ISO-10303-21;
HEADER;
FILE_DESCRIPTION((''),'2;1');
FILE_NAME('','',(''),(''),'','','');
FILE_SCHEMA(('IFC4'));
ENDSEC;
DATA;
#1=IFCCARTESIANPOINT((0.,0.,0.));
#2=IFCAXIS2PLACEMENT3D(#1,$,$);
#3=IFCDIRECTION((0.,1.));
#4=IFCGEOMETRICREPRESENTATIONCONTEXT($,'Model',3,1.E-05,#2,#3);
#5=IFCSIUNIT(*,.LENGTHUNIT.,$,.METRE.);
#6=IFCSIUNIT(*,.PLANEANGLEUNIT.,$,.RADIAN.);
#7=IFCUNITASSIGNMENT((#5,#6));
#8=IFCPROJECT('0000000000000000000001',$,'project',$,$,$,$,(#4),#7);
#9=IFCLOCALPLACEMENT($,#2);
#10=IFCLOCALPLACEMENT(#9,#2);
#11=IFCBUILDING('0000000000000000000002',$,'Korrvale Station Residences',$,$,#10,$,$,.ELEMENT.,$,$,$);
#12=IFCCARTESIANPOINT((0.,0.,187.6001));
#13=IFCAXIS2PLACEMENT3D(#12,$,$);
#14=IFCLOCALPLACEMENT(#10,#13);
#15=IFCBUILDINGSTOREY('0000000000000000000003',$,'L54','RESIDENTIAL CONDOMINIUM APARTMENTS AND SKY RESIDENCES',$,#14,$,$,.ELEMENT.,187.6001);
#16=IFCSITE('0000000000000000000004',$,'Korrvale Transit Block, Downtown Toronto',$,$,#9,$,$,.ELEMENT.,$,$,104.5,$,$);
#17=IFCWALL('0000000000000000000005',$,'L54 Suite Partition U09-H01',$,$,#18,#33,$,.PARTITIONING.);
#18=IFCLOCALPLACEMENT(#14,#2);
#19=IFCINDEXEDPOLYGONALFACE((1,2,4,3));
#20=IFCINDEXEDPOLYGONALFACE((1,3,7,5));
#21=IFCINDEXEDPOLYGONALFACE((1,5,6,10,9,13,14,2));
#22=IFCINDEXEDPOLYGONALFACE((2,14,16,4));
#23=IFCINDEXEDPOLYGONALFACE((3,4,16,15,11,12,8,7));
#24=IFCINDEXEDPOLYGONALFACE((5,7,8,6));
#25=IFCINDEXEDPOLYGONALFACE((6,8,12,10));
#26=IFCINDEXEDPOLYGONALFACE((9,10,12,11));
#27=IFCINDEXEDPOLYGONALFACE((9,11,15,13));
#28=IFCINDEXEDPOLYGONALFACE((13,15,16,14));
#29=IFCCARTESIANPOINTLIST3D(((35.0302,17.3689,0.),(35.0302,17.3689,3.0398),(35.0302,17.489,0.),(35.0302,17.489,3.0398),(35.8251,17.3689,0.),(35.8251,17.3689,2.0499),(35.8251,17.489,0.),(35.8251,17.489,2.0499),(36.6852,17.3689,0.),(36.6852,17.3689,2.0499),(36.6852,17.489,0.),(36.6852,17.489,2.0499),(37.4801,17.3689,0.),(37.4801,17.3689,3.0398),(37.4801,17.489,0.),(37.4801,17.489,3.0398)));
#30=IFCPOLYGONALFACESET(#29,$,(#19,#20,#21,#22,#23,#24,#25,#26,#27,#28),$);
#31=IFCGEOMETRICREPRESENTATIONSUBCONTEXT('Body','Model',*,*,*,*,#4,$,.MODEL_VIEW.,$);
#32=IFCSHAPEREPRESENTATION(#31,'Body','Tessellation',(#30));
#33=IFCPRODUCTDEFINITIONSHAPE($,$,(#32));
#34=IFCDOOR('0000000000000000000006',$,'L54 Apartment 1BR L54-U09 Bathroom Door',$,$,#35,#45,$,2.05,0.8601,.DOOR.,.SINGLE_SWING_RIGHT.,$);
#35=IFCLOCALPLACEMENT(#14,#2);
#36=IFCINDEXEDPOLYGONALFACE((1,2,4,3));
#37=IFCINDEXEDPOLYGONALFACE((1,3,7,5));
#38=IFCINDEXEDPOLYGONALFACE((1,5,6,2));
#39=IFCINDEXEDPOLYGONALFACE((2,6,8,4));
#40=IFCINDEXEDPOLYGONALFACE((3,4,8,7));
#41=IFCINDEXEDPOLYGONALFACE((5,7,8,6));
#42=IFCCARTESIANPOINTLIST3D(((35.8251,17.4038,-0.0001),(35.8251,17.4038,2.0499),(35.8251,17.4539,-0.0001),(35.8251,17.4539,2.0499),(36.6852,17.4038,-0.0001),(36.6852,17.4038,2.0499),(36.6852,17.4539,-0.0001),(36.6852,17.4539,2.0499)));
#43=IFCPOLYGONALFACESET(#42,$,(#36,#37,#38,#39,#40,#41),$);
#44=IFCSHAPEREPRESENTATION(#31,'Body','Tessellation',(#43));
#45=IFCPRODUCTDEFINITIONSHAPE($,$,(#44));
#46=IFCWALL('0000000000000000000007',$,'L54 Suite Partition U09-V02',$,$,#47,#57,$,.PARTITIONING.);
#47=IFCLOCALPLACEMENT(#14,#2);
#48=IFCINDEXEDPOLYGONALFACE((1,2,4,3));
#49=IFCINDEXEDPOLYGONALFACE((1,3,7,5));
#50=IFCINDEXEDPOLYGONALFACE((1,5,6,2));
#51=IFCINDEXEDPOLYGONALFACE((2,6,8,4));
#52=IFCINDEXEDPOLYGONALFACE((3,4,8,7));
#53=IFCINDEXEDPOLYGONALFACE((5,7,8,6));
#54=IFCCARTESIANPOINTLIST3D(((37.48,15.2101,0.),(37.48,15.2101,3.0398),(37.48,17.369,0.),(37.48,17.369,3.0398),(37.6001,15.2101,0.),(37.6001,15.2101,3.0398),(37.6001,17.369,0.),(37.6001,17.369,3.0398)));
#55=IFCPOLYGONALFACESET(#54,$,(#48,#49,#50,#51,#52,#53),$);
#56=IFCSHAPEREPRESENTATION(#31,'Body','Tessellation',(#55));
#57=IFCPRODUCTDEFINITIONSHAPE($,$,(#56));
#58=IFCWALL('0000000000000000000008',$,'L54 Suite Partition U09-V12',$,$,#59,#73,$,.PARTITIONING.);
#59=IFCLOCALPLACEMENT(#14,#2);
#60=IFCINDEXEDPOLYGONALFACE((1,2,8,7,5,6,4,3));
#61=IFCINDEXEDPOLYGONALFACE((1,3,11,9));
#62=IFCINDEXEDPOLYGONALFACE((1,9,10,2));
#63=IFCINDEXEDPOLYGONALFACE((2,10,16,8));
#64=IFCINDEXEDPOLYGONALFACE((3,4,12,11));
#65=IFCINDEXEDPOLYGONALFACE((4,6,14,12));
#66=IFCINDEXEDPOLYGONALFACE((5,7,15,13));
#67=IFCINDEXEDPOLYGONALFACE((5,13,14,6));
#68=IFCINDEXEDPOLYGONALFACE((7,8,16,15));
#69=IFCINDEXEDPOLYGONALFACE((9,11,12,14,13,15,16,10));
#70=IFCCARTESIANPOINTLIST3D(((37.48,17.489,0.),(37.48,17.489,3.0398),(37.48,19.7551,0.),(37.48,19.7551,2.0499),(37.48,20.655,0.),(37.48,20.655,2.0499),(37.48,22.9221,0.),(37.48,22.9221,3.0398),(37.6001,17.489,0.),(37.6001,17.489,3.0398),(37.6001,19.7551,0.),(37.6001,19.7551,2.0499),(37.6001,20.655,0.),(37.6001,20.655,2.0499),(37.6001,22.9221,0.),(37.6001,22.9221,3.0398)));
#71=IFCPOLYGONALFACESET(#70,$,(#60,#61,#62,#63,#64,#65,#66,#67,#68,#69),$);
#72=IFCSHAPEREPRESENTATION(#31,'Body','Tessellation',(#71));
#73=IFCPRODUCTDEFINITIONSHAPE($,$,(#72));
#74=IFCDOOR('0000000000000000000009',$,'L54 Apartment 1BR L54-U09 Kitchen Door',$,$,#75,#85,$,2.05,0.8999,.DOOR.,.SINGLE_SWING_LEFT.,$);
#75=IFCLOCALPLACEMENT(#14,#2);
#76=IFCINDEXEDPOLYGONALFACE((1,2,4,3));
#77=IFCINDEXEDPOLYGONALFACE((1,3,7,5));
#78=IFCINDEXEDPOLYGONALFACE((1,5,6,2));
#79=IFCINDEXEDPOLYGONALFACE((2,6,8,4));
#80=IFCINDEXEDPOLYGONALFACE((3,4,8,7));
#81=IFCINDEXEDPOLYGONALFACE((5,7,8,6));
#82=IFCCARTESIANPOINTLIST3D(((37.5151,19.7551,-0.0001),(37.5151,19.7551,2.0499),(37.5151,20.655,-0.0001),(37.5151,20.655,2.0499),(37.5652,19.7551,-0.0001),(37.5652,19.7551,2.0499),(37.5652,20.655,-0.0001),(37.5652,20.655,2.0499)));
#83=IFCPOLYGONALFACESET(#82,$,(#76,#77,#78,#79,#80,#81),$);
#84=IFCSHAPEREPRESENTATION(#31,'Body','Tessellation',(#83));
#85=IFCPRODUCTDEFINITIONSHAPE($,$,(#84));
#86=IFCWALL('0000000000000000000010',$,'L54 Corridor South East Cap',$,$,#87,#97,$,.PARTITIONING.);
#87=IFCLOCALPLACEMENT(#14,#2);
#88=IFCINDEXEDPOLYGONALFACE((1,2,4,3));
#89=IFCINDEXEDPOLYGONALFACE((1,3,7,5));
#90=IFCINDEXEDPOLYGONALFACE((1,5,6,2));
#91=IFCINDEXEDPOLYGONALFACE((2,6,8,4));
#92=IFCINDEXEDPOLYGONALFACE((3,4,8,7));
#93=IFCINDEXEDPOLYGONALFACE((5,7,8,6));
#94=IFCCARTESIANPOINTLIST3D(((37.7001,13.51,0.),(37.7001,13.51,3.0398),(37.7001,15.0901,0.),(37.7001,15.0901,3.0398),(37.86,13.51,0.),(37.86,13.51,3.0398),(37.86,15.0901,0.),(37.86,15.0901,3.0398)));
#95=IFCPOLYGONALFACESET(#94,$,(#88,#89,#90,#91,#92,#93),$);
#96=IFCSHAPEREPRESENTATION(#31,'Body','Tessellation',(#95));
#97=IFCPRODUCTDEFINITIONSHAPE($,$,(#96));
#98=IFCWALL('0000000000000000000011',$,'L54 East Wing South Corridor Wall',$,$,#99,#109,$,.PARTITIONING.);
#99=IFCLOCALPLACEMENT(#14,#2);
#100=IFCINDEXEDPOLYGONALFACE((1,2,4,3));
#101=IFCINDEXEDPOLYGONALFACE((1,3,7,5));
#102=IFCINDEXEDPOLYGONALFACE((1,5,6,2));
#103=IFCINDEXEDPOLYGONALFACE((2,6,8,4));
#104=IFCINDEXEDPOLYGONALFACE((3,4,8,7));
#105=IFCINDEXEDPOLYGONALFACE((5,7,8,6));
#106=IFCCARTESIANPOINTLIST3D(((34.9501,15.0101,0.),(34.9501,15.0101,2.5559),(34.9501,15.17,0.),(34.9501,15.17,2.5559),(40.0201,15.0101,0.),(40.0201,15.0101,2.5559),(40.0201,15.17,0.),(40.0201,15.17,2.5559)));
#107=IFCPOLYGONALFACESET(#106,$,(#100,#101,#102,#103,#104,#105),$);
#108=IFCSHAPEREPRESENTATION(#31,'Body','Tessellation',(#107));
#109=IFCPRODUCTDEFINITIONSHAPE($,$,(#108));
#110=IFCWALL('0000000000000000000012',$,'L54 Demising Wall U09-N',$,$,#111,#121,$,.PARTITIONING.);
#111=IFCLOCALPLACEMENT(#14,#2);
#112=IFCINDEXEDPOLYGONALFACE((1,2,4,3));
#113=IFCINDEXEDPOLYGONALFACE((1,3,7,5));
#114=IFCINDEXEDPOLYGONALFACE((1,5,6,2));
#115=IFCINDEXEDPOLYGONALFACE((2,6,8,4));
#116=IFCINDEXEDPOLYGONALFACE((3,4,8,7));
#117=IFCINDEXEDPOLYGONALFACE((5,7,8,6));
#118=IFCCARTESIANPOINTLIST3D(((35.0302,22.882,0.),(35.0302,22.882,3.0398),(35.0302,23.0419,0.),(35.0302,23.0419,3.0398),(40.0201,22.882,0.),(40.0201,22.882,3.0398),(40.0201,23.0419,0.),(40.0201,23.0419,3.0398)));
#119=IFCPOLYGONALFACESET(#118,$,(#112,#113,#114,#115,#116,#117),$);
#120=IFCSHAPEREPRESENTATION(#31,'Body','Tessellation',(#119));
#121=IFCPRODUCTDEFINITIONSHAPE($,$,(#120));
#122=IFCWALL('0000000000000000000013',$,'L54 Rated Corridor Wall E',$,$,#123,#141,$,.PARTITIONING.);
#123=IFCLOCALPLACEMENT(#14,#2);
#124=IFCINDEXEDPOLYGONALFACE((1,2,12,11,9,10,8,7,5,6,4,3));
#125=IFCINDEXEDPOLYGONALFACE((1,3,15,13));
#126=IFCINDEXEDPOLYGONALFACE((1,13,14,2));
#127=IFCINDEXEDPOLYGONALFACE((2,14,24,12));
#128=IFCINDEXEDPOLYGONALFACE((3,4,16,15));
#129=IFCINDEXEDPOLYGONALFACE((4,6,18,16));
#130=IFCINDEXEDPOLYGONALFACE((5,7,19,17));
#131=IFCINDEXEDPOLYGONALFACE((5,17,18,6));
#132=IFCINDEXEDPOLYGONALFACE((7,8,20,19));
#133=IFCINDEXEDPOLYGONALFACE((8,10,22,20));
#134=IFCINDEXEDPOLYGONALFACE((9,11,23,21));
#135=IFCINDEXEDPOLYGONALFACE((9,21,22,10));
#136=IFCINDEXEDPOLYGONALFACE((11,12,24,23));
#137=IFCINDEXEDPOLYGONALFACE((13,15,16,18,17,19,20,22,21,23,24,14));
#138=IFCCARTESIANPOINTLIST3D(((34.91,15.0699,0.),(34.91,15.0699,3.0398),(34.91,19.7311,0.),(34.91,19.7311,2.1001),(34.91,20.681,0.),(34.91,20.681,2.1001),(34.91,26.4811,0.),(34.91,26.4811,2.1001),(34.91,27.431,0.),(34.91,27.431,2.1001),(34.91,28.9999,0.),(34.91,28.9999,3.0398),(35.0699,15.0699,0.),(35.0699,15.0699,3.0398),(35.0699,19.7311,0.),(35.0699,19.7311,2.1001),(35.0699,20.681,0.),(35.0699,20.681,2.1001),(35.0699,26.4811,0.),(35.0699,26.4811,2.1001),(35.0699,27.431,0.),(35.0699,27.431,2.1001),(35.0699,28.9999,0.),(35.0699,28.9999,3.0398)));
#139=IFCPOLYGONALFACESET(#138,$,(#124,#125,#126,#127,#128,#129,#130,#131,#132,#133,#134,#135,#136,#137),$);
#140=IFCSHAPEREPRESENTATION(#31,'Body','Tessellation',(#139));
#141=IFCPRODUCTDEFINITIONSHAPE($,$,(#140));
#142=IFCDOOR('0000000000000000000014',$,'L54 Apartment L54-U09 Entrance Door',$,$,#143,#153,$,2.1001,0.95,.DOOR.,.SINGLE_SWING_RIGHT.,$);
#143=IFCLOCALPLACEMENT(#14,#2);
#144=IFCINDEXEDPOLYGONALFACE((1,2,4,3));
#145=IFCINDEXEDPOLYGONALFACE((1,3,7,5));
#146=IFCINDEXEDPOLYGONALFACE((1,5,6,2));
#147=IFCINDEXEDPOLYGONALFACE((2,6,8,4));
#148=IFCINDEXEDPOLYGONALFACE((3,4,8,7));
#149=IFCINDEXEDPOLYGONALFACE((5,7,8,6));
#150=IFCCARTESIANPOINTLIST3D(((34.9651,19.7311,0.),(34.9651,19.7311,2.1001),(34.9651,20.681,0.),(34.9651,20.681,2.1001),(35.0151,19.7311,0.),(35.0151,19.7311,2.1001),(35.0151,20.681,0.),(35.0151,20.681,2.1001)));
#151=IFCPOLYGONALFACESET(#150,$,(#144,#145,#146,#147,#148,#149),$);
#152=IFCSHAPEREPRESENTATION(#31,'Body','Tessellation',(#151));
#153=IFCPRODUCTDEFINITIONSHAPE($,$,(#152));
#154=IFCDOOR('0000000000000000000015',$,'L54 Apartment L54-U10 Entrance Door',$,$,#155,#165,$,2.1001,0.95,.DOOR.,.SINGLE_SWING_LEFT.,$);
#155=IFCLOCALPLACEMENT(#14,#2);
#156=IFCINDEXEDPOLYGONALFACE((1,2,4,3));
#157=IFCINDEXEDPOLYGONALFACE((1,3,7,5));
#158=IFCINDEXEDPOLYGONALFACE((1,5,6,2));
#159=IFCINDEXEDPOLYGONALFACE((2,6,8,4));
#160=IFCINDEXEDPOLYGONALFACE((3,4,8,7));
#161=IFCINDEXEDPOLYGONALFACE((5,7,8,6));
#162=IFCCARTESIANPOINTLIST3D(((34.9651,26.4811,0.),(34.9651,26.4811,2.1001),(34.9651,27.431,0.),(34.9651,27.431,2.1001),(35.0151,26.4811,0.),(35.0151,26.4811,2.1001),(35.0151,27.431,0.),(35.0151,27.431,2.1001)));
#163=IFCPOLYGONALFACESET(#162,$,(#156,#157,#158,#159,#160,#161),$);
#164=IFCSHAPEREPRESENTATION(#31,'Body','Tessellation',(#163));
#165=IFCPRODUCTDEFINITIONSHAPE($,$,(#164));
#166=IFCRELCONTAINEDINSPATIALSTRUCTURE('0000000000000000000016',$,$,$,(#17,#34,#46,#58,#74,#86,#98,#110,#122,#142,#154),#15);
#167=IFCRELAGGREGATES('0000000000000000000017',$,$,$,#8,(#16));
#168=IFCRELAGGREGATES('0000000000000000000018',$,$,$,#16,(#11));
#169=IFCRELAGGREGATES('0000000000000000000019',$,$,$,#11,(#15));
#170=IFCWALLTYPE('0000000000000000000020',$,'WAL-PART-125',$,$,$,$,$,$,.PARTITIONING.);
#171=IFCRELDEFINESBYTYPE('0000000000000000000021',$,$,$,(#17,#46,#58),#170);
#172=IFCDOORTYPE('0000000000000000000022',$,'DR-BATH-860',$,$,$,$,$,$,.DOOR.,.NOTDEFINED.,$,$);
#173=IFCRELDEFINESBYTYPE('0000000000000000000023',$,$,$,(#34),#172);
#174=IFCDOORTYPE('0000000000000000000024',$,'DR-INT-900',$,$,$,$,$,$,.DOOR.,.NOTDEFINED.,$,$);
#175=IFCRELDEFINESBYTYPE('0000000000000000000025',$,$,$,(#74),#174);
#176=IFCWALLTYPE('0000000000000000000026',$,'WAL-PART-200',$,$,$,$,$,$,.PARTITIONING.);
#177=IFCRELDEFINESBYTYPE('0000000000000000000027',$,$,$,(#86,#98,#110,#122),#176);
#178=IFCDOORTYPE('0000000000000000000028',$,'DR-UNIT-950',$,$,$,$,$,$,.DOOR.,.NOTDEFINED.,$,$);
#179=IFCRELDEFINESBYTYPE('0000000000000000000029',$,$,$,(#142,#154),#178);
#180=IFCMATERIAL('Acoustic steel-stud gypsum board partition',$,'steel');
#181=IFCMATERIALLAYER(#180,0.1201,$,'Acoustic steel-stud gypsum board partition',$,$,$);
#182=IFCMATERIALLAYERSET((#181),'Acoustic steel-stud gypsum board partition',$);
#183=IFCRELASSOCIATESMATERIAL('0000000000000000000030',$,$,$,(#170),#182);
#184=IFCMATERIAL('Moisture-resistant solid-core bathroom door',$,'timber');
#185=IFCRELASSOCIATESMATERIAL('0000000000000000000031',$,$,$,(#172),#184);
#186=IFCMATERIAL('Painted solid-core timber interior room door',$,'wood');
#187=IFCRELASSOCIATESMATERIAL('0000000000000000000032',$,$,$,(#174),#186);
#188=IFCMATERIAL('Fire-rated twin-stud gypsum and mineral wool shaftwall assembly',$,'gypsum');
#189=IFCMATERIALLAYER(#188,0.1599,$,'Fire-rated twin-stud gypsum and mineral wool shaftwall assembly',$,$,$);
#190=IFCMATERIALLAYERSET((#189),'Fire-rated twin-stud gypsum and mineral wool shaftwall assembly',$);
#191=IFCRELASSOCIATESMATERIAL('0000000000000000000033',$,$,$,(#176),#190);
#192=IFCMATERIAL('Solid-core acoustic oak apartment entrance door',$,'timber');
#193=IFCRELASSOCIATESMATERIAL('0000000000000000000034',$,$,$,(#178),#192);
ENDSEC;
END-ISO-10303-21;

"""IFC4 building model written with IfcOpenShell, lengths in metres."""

from ifc_helpers import new_model, si_unit, direction, frame, frame_2d, origin, place, context, subcontext, project, spatial, rectangle, extrude, material, layer, layer_set, type_object, element, fill, save


model = new_model("IFC4")

# Units and contexts
model_context = context("Model", 3, precision=1e-05, world=origin(), true_north=direction((0.0, 1.0)))
body_context = subcontext(model_context, "Body", "Model", "MODEL_VIEW")
ifc_project = project(units=[si_unit("LENGTHUNIT", "METRE"), si_unit("PLANEANGLEUNIT", "RADIAN")], contexts=[model_context])

# Site, building, storey
site_placement = place(None, origin())
site = spatial("IfcSite", under=ifc_project, at=site_placement, Name="Korrvale Transit Block, Downtown Toronto", CompositionType="ELEMENT", RefElevation=104.5)
building_placement = place(site_placement, origin())
building = spatial("IfcBuilding", under=site, at=building_placement, Name="Korrvale Station Residences", CompositionType="ELEMENT")
storey_placement = place(building_placement, frame((0.0, 0.0, 187.6001)))
storey = spatial("IfcBuildingStorey", under=building, at=storey_placement, Name="L54", Description="RESIDENTIAL CONDOMINIUM APARTMENTS AND SKY RESIDENCES", CompositionType="ELEMENT", Elevation=187.6001)

# Wall, opening, door
ifc_material_1 = material(Name="Acoustic steel-stud gypsum board partition", Category="steel")
ifc_layer_1 = layer(ifc_material_1, 0.1201, Name="Acoustic steel-stud gypsum board partition")
ifc_layer_set_1 = layer_set([ifc_layer_1], Name="Acoustic steel-stud gypsum board partition")
wall_type_1 = type_object("IfcWallType", Name="WAL-PART-125", PredefinedType="PARTITIONING", material=ifc_layer_set_1)
wall_1_placement = place(storey_placement, frame((35.03, 17.429, 0.0), z_axis=(0.0, 0.0, 1.0), x_axis=(1.0, 0.0, 0.0)))
wall_1 = element("IfcWall", 1, at=wall_1_placement, inside=storey, type_object=wall_type_1, Name="L54 Suite Partition U09-H01", PredefinedType="PARTITIONING", context=body_context, shape_type="SweptSolid", body=[
    extrude(rectangle(XDim=2.45, YDim=0.1201, at=frame_2d((1.2251, 0.0))), origin(), (0.0, 0.0, 1.0), 3.0398),
])
opening_1_placement = place(wall_1_placement, frame((0.7949, 0.0, 0.0)))
opening_1 = element("IfcOpeningElement", 2, at=opening_1_placement, cuts=wall_1, PredefinedType="OPENING", context=body_context, shape_type="SweptSolid", body=[
    extrude(rectangle(XDim=0.8601, YDim=2.05, at=frame_2d((0.4302, 1.0249))), frame((0.0, 0.0701, 0.0), z_axis=(0.0, -1.0, 0.0), x_axis=(1.0, 0.0, 0.0)), (0.0, 0.0, 1.0), 0.1401),
])
ifc_material_2 = material(Name="Moisture-resistant solid-core bathroom door", Category="timber")
door_type_1 = type_object("IfcDoorType", Name="DR-BATH-860", OperationType="NOTDEFINED", PredefinedType="DOOR", material=ifc_material_2)
door_1_placement = place(opening_1_placement, origin())
door_1 = element("IfcDoor", 3, at=door_1_placement, inside=storey, type_object=door_type_1, Name="L54 Apartment 1BR L54-U09 Bathroom Door", OperationType="SINGLE_SWING_RIGHT", OverallHeight=2.05, OverallWidth=0.8601, PredefinedType="DOOR", context=body_context, shape_type="SweptSolid", body=[
    extrude(rectangle(XDim=0.8601, YDim=2.05, at=frame_2d((0.4302, 1.0249))), frame((0.0, 0.0249, 0.0), z_axis=(0.0, -1.0, 0.0), x_axis=(1.0, 0.0, 0.0)), (0.0, 0.0, 1.0), 0.05),
])
fill(opening_1, door_1)

# Wall
wall_2_placement = place(storey_placement, frame((37.54, 15.21, 0.0), z_axis=(0.0, 0.0, 1.0), x_axis=(0.0, 1.0, 0.0)))
element("IfcWall", 4, at=wall_2_placement, inside=storey, type_object=wall_type_1, Name="L54 Suite Partition U09-V02", PredefinedType="PARTITIONING", context=body_context, shape_type="SweptSolid", body=[
    extrude(rectangle(XDim=2.1589, YDim=0.1201, at=frame_2d((1.0796, 0.0))), origin(), (0.0, 0.0, 1.0), 3.0398),
])

# Wall, opening, door
wall_3_placement = place(storey_placement, frame((37.54, 17.489, 0.0), z_axis=(0.0, 0.0, 1.0), x_axis=(0.0, 1.0, 0.0)))
wall_3 = element("IfcWall", 5, at=wall_3_placement, inside=storey, type_object=wall_type_1, Name="L54 Suite Partition U09-V12", PredefinedType="PARTITIONING", context=body_context, shape_type="SweptSolid", body=[
    extrude(rectangle(XDim=5.4331, YDim=0.1201, at=frame_2d((2.7166, 0.0))), origin(), (0.0, 0.0, 1.0), 3.0398),
])
opening_2_placement = place(wall_3_placement, frame((2.2661, 0.0, 0.0)))
opening_2 = element("IfcOpeningElement", 6, at=opening_2_placement, cuts=wall_3, PredefinedType="OPENING", context=body_context, shape_type="SweptSolid", body=[
    extrude(rectangle(XDim=0.8999, YDim=2.05, at=frame_2d((0.45, 1.0249))), frame((0.0, 0.0701, 0.0), z_axis=(0.0, -1.0, 0.0), x_axis=(1.0, 0.0, 0.0)), (0.0, 0.0, 1.0), 0.1401),
])
ifc_material_3 = material(Name="Painted solid-core timber interior room door", Category="wood")
door_type_2 = type_object("IfcDoorType", Name="DR-INT-900", OperationType="NOTDEFINED", PredefinedType="DOOR", material=ifc_material_3)
door_2_placement = place(opening_2_placement, origin())
door_2 = element("IfcDoor", 7, at=door_2_placement, inside=storey, type_object=door_type_2, Name="L54 Apartment 1BR L54-U09 Kitchen Door", OperationType="SINGLE_SWING_LEFT", OverallHeight=2.05, OverallWidth=0.8999, PredefinedType="DOOR", context=body_context, shape_type="SweptSolid", body=[
    extrude(rectangle(XDim=0.8999, YDim=2.05, at=frame_2d((0.45, 1.0249))), frame((0.0, 0.0249, 0.0), z_axis=(0.0, -1.0, 0.0), x_axis=(1.0, 0.0, 0.0)), (0.0, 0.0, 1.0), 0.05),
])
fill(opening_2, door_2)

# Walls
ifc_material_4 = material(Name="Fire-rated twin-stud gypsum and mineral wool shaftwall assembly", Category="gypsum")
ifc_layer_2 = layer(ifc_material_4, 0.1599, Name="Fire-rated twin-stud gypsum and mineral wool shaftwall assembly")
ifc_layer_set_2 = layer_set([ifc_layer_2], Name="Fire-rated twin-stud gypsum and mineral wool shaftwall assembly")
wall_type_2 = type_object("IfcWallType", Name="WAL-PART-200", PredefinedType="PARTITIONING", material=ifc_layer_set_2)
wall_4_placement = place(storey_placement, frame((37.78, 13.51, 0.0), z_axis=(0.0, 0.0, 1.0), x_axis=(0.0, 1.0, 0.0)))
element("IfcWall", 8, at=wall_4_placement, inside=storey, type_object=wall_type_2, Name="L54 Corridor South East Cap", PredefinedType="PARTITIONING", context=body_context, shape_type="SweptSolid", body=[
    extrude(rectangle(XDim=1.5801, YDim=0.1599, at=frame_2d((0.79, 0.0))), origin(), (0.0, 0.0, 1.0), 3.0398),
])
wall_5_placement = place(storey_placement, frame((34.95, 15.0901, 0.0), z_axis=(0.0, 0.0, 1.0), x_axis=(1.0, 0.0, 0.0)))
element("IfcWall", 9, at=wall_5_placement, inside=storey, type_object=wall_type_2, Name="L54 East Wing South Corridor Wall", PredefinedType="PARTITIONING", context=body_context, shape_type="SweptSolid", body=[
    extrude(rectangle(XDim=5.0701, YDim=0.1599, at=frame_2d((2.5352, 0.0))), origin(), (0.0, 0.0, 1.0), 2.5559),
])
wall_6_placement = place(storey_placement, frame((35.03, 22.9619, 0.0), z_axis=(0.0, 0.0, 1.0), x_axis=(1.0, 0.0, 0.0)))
element("IfcWall", 10, at=wall_6_placement, inside=storey, type_object=wall_type_2, Name="L54 Demising Wall U09-N", PredefinedType="PARTITIONING", context=body_context, shape_type="SweptSolid", body=[
    extrude(rectangle(XDim=4.99, YDim=0.1599, at=frame_2d((2.4951, 0.0))), origin(), (0.0, 0.0, 1.0), 3.0398),
])

# Wall, openings, doors
wall_7_placement = place(storey_placement, frame((34.99, 15.0701, 0.0), z_axis=(0.0, 0.0, 1.0), x_axis=(0.0, 1.0, 0.0)))
wall_7 = element("IfcWall", 11, at=wall_7_placement, inside=storey, type_object=wall_type_2, Name="L54 Rated Corridor Wall E", PredefinedType="PARTITIONING", context=body_context, shape_type="SweptSolid", body=[
    extrude(rectangle(XDim=13.9299, YDim=0.1599, at=frame_2d((6.9648, 0.0))), origin(), (0.0, 0.0, 1.0), 3.0398),
])
opening_3_placement = place(wall_7_placement, frame((4.6609, 0.0, 0.0)))
opening_3 = element("IfcOpeningElement", 12, at=opening_3_placement, cuts=wall_7, PredefinedType="OPENING", context=body_context, shape_type="SweptSolid", body=[
    extrude(rectangle(XDim=0.95, YDim=2.1001, at=frame_2d((0.4751, 1.05))), frame((0.0, 0.0898, 0.0), z_axis=(0.0, -1.0, 0.0), x_axis=(1.0, 0.0, 0.0)), (0.0, 0.0, 1.0), 0.1799),
])
opening_4_placement = place(wall_7_placement, frame((11.4109, 0.0, 0.0)))
opening_4 = element("IfcOpeningElement", 13, at=opening_4_placement, cuts=wall_7, PredefinedType="OPENING", context=body_context, shape_type="SweptSolid", body=[
    extrude(rectangle(XDim=0.95, YDim=2.1001, at=frame_2d((0.4751, 1.05))), frame((0.0, 0.0898, 0.0), z_axis=(0.0, -1.0, 0.0), x_axis=(1.0, 0.0, 0.0)), (0.0, 0.0, 1.0), 0.1799),
])
ifc_material_5 = material(Name="Solid-core acoustic oak apartment entrance door", Category="timber")
door_type_3 = type_object("IfcDoorType", Name="DR-UNIT-950", OperationType="NOTDEFINED", PredefinedType="DOOR", material=ifc_material_5)
door_3_placement = place(opening_3_placement, origin())
door_3 = element("IfcDoor", 14, at=door_3_placement, inside=storey, type_object=door_type_3, Name="L54 Apartment L54-U09 Entrance Door", OperationType="SINGLE_SWING_RIGHT", OverallHeight=2.1001, OverallWidth=0.95, PredefinedType="DOOR", context=body_context, shape_type="SweptSolid", body=[
    extrude(rectangle(XDim=0.95, YDim=2.1001, at=frame_2d((0.4751, 1.05))), frame((0.0, 0.0249, 0.0), z_axis=(0.0, -1.0, 0.0), x_axis=(1.0, 0.0, 0.0)), (0.0, 0.0, 1.0), 0.05),
])
fill(opening_3, door_3)
door_4_placement = place(opening_4_placement, origin())
door_4 = element("IfcDoor", 15, at=door_4_placement, inside=storey, type_object=door_type_3, Name="L54 Apartment L54-U10 Entrance Door", OperationType="SINGLE_SWING_LEFT", OverallHeight=2.1001, OverallWidth=0.95, PredefinedType="DOOR", context=body_context, shape_type="SweptSolid", body=[
    extrude(rectangle(XDim=0.95, YDim=2.1001, at=frame_2d((0.4751, 1.05))), frame((0.0, 0.0249, 0.0), z_axis=(0.0, -1.0, 0.0), x_axis=(1.0, 0.0, 0.0)), (0.0, 0.0, 1.0), 0.05),
])
fill(opening_4, door_4)

save(model, "model.ifc")
